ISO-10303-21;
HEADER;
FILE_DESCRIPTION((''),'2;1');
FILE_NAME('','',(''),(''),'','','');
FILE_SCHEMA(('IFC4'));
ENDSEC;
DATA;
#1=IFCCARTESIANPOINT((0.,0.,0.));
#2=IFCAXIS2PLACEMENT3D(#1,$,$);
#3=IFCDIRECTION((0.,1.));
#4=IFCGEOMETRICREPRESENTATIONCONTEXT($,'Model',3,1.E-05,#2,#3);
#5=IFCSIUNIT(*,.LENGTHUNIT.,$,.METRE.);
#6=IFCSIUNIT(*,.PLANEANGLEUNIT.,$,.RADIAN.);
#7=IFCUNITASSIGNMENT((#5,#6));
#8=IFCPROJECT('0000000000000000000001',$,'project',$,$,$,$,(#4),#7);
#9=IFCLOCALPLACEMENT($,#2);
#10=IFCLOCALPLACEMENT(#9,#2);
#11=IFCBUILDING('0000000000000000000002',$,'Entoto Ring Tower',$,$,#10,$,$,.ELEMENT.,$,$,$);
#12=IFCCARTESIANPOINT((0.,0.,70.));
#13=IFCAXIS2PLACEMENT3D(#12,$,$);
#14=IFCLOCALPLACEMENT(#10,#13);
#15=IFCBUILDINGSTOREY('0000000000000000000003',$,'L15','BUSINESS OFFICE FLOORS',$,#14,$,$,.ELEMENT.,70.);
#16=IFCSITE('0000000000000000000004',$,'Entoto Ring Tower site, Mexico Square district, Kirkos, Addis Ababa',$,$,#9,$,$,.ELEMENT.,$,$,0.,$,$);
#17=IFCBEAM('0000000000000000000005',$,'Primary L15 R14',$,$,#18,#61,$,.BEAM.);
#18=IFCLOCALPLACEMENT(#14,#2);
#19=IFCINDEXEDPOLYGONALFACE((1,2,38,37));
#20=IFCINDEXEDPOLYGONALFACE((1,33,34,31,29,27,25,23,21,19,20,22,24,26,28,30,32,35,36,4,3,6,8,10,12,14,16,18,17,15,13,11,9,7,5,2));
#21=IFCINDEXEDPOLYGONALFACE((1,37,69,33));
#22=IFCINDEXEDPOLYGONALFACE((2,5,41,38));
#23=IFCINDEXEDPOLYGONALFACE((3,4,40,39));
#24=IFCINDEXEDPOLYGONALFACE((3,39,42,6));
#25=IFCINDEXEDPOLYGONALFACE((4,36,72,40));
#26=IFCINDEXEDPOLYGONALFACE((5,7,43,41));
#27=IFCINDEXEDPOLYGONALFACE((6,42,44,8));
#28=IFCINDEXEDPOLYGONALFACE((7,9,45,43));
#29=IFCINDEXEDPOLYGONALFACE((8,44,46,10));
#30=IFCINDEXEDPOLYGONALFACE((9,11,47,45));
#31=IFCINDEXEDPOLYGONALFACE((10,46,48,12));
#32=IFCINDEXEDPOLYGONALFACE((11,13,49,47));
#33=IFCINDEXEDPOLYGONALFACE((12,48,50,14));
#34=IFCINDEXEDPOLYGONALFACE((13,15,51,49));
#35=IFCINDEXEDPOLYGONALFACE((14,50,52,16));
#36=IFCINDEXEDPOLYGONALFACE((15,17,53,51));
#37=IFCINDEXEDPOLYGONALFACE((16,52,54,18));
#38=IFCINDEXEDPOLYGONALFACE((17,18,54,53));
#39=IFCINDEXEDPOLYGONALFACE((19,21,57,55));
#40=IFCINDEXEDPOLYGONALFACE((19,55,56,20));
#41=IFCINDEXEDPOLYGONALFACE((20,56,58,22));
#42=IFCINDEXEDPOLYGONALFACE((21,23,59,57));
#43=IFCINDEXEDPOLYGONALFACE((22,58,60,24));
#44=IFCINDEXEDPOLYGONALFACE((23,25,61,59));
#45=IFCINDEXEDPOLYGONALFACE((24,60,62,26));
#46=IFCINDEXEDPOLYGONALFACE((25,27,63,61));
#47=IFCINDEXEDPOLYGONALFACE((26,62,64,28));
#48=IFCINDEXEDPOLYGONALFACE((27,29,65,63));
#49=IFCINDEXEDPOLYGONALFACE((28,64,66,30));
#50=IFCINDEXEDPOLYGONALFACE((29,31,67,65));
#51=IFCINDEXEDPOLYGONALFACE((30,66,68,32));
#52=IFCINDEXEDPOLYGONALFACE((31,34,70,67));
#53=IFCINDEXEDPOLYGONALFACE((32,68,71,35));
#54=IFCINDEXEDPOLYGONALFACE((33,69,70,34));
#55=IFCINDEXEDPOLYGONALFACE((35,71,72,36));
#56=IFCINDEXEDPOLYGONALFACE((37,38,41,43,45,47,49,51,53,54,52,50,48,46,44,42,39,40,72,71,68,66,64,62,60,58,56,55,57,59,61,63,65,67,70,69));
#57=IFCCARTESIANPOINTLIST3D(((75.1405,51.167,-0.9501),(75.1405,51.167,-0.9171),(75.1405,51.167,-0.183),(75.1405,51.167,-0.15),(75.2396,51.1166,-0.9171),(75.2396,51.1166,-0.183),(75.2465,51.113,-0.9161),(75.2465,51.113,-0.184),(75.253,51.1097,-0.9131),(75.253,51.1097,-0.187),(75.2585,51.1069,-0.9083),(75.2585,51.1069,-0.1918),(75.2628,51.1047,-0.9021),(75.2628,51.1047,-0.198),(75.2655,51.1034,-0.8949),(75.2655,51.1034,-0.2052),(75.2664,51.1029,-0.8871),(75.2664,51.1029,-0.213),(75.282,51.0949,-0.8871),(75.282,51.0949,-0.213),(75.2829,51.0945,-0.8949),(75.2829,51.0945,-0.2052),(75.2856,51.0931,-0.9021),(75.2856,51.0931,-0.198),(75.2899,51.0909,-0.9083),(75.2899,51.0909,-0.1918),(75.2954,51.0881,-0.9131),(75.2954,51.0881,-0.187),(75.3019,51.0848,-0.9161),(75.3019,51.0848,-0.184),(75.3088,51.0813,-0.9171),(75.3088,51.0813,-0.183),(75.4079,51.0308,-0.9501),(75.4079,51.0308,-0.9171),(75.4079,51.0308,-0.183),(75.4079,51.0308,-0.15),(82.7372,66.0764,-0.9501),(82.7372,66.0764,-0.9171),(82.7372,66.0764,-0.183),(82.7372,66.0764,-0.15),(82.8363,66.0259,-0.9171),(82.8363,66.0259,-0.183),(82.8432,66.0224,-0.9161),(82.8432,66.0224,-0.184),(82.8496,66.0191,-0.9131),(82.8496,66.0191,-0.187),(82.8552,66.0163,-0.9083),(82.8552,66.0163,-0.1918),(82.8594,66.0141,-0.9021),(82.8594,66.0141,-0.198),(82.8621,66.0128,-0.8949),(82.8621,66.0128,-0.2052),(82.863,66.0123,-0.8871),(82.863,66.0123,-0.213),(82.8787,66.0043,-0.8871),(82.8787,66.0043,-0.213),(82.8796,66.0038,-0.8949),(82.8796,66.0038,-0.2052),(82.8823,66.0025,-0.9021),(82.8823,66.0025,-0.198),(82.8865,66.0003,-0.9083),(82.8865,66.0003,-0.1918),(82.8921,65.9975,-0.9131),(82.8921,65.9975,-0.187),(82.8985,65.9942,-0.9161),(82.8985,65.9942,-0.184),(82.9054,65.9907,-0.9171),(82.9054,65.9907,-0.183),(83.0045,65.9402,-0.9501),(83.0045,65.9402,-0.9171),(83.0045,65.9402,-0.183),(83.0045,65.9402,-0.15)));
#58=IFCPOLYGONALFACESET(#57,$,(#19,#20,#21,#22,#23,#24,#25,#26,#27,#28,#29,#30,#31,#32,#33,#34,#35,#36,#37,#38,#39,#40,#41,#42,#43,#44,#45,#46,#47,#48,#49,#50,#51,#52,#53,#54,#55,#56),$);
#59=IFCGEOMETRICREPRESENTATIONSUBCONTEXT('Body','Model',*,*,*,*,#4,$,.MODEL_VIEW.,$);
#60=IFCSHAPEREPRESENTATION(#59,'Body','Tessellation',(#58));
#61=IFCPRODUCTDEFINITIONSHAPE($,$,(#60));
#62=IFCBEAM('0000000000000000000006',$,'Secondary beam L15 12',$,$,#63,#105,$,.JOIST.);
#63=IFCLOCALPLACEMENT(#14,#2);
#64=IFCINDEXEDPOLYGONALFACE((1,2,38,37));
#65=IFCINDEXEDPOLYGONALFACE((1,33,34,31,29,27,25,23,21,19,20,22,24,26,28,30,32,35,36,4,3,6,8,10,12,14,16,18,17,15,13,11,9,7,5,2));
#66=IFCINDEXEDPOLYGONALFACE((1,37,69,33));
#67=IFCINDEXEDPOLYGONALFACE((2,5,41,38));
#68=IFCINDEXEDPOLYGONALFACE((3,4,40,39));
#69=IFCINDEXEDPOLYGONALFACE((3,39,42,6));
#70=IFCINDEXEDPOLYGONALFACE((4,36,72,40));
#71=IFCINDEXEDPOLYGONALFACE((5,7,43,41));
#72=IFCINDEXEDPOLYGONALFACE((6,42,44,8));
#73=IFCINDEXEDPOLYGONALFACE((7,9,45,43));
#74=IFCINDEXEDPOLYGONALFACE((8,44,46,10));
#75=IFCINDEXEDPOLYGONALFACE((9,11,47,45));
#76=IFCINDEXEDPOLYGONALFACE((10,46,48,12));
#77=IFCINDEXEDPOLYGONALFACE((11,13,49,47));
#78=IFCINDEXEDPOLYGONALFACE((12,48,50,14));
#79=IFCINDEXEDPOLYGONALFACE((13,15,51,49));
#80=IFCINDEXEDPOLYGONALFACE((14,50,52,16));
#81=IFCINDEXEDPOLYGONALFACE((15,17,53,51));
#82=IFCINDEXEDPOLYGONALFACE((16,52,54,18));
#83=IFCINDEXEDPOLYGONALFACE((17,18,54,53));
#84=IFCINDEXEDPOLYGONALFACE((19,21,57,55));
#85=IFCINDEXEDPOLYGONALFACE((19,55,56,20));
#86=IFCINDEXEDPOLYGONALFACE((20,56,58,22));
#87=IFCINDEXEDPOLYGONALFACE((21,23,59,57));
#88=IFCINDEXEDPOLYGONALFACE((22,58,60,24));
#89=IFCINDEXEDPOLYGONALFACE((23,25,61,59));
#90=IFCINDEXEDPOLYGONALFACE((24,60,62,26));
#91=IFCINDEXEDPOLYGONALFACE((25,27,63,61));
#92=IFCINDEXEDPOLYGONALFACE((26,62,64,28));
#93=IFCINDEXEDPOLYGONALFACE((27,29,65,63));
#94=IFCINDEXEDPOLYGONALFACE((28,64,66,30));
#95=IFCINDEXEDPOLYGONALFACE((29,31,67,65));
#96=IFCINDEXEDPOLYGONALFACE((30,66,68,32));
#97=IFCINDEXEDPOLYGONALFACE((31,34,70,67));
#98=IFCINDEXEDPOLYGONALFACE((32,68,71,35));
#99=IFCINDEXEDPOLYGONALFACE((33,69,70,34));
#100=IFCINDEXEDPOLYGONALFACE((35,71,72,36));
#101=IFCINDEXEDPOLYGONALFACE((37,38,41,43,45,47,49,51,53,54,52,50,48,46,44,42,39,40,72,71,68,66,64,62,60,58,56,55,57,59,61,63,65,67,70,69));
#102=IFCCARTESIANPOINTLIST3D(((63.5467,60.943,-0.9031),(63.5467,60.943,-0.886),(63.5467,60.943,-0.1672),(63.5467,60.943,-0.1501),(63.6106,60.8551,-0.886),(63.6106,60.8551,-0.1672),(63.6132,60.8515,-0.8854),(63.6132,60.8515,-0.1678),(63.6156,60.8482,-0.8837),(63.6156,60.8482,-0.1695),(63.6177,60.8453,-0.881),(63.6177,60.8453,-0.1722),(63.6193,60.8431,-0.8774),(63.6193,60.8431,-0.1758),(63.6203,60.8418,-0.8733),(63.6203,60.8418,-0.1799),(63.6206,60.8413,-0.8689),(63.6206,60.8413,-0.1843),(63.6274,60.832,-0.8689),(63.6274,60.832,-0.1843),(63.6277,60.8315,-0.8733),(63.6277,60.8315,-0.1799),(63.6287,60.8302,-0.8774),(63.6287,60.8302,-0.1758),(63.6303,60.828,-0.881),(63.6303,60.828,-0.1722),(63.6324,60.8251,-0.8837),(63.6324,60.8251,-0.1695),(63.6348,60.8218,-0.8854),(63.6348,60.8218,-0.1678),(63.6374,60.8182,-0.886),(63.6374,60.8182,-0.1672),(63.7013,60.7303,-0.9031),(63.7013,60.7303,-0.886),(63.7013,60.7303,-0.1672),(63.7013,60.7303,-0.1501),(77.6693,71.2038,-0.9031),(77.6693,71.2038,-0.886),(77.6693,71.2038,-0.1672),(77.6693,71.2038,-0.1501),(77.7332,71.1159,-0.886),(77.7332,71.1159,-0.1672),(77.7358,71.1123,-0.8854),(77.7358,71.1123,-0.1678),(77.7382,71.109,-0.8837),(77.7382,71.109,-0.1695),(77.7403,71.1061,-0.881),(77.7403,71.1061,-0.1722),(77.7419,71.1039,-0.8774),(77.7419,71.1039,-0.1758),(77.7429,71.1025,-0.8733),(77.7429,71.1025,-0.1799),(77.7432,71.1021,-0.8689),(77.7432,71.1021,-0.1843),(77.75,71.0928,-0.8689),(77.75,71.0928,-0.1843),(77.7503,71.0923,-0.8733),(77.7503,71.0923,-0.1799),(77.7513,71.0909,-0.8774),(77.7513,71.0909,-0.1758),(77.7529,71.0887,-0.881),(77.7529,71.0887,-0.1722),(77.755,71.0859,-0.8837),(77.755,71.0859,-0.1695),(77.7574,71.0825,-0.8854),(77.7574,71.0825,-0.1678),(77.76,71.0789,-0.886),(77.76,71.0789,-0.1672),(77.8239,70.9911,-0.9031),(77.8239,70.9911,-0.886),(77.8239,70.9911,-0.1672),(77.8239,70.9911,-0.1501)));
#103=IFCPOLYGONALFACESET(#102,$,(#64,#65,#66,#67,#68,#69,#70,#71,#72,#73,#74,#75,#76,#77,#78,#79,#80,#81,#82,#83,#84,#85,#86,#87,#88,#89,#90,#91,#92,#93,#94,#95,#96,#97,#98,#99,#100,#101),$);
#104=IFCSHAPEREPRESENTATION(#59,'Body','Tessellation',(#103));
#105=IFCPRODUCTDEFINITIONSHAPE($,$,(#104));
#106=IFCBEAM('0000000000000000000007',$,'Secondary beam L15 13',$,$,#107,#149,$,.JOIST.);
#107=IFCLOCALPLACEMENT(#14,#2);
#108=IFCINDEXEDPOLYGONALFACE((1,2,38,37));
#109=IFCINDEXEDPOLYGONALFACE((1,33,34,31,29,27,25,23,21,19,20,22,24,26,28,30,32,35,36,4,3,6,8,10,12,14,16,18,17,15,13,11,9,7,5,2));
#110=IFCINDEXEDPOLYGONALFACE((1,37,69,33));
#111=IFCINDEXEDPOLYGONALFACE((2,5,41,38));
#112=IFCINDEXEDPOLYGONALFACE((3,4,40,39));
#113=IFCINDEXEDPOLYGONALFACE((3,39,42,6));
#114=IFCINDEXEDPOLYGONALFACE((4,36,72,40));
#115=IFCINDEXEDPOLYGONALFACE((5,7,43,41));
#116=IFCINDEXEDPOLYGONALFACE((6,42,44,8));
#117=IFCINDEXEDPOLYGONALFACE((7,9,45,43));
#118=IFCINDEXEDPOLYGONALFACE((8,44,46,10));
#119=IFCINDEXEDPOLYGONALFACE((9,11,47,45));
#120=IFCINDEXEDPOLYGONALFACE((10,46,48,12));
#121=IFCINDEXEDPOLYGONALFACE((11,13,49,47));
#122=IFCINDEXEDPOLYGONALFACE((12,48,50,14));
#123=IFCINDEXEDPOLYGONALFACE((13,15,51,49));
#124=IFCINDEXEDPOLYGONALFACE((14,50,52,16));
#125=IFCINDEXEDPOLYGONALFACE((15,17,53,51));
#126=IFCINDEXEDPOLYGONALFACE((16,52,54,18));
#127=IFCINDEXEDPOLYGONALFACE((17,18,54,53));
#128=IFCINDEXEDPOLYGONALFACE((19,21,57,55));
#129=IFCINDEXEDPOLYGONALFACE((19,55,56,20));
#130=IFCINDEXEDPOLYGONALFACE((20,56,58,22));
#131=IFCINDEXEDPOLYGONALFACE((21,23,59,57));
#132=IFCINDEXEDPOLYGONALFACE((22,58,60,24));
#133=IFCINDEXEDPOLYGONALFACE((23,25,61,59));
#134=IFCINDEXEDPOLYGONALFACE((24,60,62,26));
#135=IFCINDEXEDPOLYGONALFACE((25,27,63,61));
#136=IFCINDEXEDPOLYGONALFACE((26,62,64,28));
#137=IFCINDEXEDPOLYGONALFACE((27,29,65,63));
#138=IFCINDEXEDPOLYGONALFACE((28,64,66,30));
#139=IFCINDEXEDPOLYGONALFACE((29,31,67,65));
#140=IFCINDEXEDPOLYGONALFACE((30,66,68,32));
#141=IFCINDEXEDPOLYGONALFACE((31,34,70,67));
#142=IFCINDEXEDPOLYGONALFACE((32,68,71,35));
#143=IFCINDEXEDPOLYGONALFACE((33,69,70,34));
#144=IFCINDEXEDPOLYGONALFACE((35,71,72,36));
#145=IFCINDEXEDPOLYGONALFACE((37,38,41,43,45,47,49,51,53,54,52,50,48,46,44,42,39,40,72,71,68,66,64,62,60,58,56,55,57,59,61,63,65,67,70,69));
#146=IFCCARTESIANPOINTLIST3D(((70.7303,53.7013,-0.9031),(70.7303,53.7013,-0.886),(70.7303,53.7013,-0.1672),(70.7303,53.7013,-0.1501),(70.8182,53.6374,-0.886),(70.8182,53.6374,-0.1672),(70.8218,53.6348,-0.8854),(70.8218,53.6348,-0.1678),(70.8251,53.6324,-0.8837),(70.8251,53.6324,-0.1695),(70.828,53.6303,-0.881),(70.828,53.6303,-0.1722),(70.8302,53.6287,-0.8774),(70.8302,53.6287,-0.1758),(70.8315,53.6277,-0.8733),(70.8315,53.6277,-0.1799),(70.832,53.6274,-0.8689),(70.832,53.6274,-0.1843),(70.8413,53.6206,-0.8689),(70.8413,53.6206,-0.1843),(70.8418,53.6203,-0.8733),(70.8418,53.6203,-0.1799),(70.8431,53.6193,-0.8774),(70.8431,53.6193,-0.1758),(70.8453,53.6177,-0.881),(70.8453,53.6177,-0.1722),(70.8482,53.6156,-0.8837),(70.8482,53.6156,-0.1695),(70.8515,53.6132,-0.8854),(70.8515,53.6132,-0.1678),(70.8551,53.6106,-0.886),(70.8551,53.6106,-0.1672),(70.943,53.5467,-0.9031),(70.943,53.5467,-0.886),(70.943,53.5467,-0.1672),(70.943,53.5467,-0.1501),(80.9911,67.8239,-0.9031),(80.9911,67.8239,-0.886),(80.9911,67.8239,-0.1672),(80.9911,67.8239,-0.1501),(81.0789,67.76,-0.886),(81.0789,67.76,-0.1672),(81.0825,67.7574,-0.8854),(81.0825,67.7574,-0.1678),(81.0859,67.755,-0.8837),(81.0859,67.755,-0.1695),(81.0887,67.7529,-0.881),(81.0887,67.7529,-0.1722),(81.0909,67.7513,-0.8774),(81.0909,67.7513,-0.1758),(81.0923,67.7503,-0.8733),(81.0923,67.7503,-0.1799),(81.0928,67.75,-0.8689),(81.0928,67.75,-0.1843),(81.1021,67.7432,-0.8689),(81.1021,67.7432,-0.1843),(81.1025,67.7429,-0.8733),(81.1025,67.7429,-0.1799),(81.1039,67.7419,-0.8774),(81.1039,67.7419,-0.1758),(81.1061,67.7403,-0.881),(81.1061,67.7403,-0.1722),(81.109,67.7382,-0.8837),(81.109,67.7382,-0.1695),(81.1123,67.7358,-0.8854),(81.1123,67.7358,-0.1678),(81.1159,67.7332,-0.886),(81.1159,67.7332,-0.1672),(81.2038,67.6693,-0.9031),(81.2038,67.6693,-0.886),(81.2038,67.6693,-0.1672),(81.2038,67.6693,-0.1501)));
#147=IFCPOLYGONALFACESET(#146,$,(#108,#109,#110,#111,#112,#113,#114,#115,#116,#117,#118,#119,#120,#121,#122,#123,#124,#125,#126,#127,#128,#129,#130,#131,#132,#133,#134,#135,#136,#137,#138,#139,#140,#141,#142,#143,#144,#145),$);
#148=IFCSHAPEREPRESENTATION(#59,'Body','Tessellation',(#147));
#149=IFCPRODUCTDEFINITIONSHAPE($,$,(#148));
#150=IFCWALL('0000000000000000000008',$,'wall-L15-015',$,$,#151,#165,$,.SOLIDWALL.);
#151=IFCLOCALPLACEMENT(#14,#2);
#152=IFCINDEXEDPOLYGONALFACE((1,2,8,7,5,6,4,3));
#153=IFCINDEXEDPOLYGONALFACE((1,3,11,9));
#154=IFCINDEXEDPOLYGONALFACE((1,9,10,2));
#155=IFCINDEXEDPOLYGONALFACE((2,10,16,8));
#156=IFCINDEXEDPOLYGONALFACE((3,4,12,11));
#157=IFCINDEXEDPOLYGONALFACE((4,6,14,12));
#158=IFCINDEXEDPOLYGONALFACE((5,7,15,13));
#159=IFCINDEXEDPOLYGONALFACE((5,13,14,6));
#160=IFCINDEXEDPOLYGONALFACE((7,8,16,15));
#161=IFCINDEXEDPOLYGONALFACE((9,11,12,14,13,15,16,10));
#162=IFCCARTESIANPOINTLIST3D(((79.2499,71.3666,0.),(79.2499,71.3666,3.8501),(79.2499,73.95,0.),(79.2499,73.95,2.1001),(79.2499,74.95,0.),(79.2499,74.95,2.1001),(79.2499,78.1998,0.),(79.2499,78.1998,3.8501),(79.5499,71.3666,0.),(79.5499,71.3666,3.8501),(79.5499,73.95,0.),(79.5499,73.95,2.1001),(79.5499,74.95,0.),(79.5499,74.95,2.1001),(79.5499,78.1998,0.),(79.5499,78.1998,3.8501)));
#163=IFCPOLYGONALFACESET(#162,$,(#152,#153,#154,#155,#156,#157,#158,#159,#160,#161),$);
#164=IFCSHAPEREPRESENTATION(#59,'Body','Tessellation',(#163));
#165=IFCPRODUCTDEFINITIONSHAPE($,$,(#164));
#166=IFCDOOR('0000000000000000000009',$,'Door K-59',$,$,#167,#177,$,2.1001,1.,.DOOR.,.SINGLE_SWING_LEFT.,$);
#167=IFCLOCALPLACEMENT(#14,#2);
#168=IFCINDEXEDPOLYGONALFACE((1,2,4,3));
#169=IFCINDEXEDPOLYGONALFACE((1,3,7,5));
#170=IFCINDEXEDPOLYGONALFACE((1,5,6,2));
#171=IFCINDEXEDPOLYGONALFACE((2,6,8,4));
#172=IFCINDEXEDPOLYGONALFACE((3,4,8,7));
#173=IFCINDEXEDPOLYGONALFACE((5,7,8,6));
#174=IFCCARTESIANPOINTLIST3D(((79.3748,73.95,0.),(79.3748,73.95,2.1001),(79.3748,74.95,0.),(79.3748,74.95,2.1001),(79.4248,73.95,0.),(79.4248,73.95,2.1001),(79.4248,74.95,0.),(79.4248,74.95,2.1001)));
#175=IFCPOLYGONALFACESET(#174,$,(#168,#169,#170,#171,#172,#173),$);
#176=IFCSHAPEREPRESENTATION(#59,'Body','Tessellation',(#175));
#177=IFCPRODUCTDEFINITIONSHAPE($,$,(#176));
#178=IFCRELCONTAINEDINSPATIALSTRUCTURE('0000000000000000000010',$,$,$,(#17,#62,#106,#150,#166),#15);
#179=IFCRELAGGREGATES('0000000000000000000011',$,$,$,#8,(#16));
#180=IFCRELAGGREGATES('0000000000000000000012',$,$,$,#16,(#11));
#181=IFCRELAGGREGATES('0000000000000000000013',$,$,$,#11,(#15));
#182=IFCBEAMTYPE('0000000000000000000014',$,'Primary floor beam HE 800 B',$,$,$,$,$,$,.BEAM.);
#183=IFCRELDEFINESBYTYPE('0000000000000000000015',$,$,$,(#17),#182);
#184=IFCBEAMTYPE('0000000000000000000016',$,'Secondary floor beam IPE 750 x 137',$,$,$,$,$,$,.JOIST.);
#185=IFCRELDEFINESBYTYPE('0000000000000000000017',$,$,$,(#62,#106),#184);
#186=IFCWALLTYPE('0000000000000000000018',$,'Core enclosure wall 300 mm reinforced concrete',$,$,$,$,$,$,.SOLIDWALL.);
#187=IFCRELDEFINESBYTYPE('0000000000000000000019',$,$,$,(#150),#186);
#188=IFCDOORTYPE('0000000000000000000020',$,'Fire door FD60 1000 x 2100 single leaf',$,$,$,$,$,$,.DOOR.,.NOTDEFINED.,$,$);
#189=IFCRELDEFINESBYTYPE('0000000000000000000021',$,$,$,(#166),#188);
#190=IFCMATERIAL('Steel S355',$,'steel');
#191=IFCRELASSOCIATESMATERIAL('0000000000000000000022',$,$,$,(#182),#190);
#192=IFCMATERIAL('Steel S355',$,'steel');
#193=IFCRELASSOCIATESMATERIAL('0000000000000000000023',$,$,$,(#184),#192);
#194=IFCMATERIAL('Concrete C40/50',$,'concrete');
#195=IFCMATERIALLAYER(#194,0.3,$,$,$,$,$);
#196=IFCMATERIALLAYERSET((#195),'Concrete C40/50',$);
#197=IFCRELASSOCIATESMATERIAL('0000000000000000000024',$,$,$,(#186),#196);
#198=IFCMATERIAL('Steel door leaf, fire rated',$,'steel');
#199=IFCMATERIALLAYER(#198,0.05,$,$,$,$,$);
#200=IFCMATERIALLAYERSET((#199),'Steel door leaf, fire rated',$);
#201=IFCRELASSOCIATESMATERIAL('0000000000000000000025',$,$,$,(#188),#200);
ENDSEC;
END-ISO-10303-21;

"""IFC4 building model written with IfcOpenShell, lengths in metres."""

from ifc_helpers import new_model, si_unit, direction, frame, frame_2d, origin, origin_2d, place, context, subcontext, project, spatial, rectangle, i_section, extrude, material, layer, layer_set, material_profile, profile_set, type_object, element, fill, save


model = new_model("IFC4")

# Units and contexts
model_context = context("Model", 3, precision=1e-05, world=origin(), true_north=direction((0.0, 1.0)))
body_context = subcontext(model_context, "Body", "Model", "MODEL_VIEW")
ifc_project = project(units=[si_unit("LENGTHUNIT", "METRE"), si_unit("PLANEANGLEUNIT", "RADIAN")], contexts=[model_context])

# Site, building, storey
site_placement = place(None, origin())
site = spatial("IfcSite", under=ifc_project, at=site_placement, Name="Entoto Ring Tower site, Mexico Square district, Kirkos, Addis Ababa", CompositionType="ELEMENT", RefElevation=0.0)
building_placement = place(site_placement, origin())
building = spatial("IfcBuilding", under=site, at=building_placement, Name="Entoto Ring Tower", CompositionType="ELEMENT")
storey_placement = place(building_placement, frame((0.0, 0.0, 70.0)))
storey = spatial("IfcBuildingStorey", under=building, at=storey_placement, Name="L15", Description="BUSINESS OFFICE FLOORS", CompositionType="ELEMENT", Elevation=70.0)

# Beams
ifc_material_1 = material(Name="Steel S355", Category="steel")
ifc_material_profile_1 = material_profile(ifc_material_1, i_section(OverallWidth=0.3, OverallDepth=0.8, WebThickness=0.0176, FlangeThickness=0.033, FilletRadius=0.03, at=origin_2d()), Name="HE 800 B")
ifc_profile_set_1 = profile_set([ifc_material_profile_1], Name="Steel S355")
beam_type_1 = type_object("IfcBeamType", Name="Primary floor beam HE 800 B", PredefinedType="BEAM", material=ifc_profile_set_1)
beam_1_placement = place(storey_placement, frame((82.8708, 66.0083, -0.55), z_axis=(-0.453988, -0.891008, 0.0), x_axis=(0.891008, -0.453988, 0.0)))
element("IfcBeam", 1, at=beam_1_placement, inside=storey, type_object=beam_type_1, Name="Primary L15 R14", PredefinedType="BEAM", context=body_context, shape_type="SweptSolid", body=[
    extrude(i_section(OverallWidth=0.3, OverallDepth=0.8, WebThickness=0.0176, FlangeThickness=0.033, FilletRadius=0.03, at=origin_2d()), origin(), (0.0, 0.0, 1.0), 16.7332),
])
ifc_material_2 = material(Name="Steel S355", Category="steel")
ifc_material_profile_2 = material_profile(ifc_material_2, i_section(OverallWidth=0.2629, OverallDepth=0.7529, WebThickness=0.0115, FlangeThickness=0.0171, FilletRadius=0.0171, at=origin_2d()), Name="IPE 750 x 137")
ifc_profile_set_2 = profile_set([ifc_material_profile_2], Name="Steel S355")
beam_type_2 = type_object("IfcBeamType", Name="Secondary floor beam IPE 750 x 137", PredefinedType="JOIST", material=ifc_profile_set_2)
for number, where, z_axis, x_axis, name in (
    (2, (77.7466, 71.0974, -0.5266), (-0.809014, -0.587789, 0.0), (0.587789, -0.809014, 0.0), "Secondary beam L15 12"),
    (3, (81.0974, 67.7466, -0.5266), (-0.587789, -0.809014, 0.0), (0.809014, -0.587789, 0.0), "Secondary beam L15 13"),
):
    element("IfcBeam", number, at=place(storey_placement, frame(where, z_axis=z_axis, x_axis=x_axis)), inside=storey, type_object=beam_type_2, Name=name, PredefinedType="JOIST", context=body_context, shape_type="SweptSolid", body=[
        extrude(i_section(OverallWidth=0.2629, OverallDepth=0.7529, WebThickness=0.0115, FlangeThickness=0.0171, FilletRadius=0.0171, at=origin_2d()), origin(), (0.0, 0.0, 1.0), 17.4565),
    ])

# Wall, opening, door
ifc_material_3 = material(Name="Concrete C40/50", Category="concrete")
ifc_layer_1 = layer(ifc_material_3, 0.3)
ifc_layer_set_1 = layer_set([ifc_layer_1], Name="Concrete C40/50")
wall_type_1 = type_object("IfcWallType", Name="Core enclosure wall 300 mm reinforced concrete", PredefinedType="SOLIDWALL", material=ifc_layer_set_1)
wall_1_placement = place(storey_placement, frame((79.3999, 71.3667, 0.0), z_axis=(0.0, 0.0, 1.0), x_axis=(0.0, 1.0, 0.0)))
wall_1 = element("IfcWall", 4, at=wall_1_placement, inside=storey, type_object=wall_type_1, Name="wall-L15-015", PredefinedType="SOLIDWALL", context=body_context, shape_type="SweptSolid", body=[
    extrude(rectangle(XDim=6.8333, YDim=0.3, at=frame_2d((3.4165, 0.0))), origin(), (0.0, 0.0, 1.0), 3.8501),
])
opening_1_placement = place(wall_1_placement, frame((2.5833, 0.0, 0.0)))
opening_1 = element("IfcOpeningElement", 5, at=opening_1_placement, cuts=wall_1, PredefinedType="OPENING", context=body_context, shape_type="SweptSolid", body=[
    extrude(rectangle(XDim=1.0, YDim=2.1001, at=frame_2d((0.5, 1.05))), frame((0.0, 0.1602, 0.0), z_axis=(0.0, -1.0, 0.0), x_axis=(1.0, 0.0, 0.0)), (0.0, 0.0, 1.0), 0.3201),
])
ifc_material_4 = material(Name="Steel door leaf, fire rated", Category="steel")
ifc_layer_2 = layer(ifc_material_4, 0.05)
ifc_layer_set_2 = layer_set([ifc_layer_2], Name="Steel door leaf, fire rated")
door_type_1 = type_object("IfcDoorType", Name="Fire door FD60 1000 x 2100 single leaf", OperationType="NOTDEFINED", PredefinedType="DOOR", material=ifc_layer_set_2)
door_1_placement = place(opening_1_placement, frame((1.0, 0.0, 0.0), z_axis=(0.0, 0.0, 1.0), x_axis=(-1.0, 0.0, 0.0)))
door_1 = element("IfcDoor", 6, at=door_1_placement, inside=storey, type_object=door_type_1, Name="Door K-59", OperationType="SINGLE_SWING_LEFT", OverallHeight=2.1001, OverallWidth=1.0, PredefinedType="DOOR", context=body_context, shape_type="SweptSolid", body=[
    extrude(rectangle(XDim=1.0, YDim=2.1001, at=frame_2d((0.5, 1.05))), frame((0.0, 0.0249, 0.0), z_axis=(0.0, -1.0, 0.0), x_axis=(1.0, 0.0, 0.0)), (0.0, 0.0, 1.0), 0.05),
])
fill(opening_1, door_1)

save(model, "model.ifc")
